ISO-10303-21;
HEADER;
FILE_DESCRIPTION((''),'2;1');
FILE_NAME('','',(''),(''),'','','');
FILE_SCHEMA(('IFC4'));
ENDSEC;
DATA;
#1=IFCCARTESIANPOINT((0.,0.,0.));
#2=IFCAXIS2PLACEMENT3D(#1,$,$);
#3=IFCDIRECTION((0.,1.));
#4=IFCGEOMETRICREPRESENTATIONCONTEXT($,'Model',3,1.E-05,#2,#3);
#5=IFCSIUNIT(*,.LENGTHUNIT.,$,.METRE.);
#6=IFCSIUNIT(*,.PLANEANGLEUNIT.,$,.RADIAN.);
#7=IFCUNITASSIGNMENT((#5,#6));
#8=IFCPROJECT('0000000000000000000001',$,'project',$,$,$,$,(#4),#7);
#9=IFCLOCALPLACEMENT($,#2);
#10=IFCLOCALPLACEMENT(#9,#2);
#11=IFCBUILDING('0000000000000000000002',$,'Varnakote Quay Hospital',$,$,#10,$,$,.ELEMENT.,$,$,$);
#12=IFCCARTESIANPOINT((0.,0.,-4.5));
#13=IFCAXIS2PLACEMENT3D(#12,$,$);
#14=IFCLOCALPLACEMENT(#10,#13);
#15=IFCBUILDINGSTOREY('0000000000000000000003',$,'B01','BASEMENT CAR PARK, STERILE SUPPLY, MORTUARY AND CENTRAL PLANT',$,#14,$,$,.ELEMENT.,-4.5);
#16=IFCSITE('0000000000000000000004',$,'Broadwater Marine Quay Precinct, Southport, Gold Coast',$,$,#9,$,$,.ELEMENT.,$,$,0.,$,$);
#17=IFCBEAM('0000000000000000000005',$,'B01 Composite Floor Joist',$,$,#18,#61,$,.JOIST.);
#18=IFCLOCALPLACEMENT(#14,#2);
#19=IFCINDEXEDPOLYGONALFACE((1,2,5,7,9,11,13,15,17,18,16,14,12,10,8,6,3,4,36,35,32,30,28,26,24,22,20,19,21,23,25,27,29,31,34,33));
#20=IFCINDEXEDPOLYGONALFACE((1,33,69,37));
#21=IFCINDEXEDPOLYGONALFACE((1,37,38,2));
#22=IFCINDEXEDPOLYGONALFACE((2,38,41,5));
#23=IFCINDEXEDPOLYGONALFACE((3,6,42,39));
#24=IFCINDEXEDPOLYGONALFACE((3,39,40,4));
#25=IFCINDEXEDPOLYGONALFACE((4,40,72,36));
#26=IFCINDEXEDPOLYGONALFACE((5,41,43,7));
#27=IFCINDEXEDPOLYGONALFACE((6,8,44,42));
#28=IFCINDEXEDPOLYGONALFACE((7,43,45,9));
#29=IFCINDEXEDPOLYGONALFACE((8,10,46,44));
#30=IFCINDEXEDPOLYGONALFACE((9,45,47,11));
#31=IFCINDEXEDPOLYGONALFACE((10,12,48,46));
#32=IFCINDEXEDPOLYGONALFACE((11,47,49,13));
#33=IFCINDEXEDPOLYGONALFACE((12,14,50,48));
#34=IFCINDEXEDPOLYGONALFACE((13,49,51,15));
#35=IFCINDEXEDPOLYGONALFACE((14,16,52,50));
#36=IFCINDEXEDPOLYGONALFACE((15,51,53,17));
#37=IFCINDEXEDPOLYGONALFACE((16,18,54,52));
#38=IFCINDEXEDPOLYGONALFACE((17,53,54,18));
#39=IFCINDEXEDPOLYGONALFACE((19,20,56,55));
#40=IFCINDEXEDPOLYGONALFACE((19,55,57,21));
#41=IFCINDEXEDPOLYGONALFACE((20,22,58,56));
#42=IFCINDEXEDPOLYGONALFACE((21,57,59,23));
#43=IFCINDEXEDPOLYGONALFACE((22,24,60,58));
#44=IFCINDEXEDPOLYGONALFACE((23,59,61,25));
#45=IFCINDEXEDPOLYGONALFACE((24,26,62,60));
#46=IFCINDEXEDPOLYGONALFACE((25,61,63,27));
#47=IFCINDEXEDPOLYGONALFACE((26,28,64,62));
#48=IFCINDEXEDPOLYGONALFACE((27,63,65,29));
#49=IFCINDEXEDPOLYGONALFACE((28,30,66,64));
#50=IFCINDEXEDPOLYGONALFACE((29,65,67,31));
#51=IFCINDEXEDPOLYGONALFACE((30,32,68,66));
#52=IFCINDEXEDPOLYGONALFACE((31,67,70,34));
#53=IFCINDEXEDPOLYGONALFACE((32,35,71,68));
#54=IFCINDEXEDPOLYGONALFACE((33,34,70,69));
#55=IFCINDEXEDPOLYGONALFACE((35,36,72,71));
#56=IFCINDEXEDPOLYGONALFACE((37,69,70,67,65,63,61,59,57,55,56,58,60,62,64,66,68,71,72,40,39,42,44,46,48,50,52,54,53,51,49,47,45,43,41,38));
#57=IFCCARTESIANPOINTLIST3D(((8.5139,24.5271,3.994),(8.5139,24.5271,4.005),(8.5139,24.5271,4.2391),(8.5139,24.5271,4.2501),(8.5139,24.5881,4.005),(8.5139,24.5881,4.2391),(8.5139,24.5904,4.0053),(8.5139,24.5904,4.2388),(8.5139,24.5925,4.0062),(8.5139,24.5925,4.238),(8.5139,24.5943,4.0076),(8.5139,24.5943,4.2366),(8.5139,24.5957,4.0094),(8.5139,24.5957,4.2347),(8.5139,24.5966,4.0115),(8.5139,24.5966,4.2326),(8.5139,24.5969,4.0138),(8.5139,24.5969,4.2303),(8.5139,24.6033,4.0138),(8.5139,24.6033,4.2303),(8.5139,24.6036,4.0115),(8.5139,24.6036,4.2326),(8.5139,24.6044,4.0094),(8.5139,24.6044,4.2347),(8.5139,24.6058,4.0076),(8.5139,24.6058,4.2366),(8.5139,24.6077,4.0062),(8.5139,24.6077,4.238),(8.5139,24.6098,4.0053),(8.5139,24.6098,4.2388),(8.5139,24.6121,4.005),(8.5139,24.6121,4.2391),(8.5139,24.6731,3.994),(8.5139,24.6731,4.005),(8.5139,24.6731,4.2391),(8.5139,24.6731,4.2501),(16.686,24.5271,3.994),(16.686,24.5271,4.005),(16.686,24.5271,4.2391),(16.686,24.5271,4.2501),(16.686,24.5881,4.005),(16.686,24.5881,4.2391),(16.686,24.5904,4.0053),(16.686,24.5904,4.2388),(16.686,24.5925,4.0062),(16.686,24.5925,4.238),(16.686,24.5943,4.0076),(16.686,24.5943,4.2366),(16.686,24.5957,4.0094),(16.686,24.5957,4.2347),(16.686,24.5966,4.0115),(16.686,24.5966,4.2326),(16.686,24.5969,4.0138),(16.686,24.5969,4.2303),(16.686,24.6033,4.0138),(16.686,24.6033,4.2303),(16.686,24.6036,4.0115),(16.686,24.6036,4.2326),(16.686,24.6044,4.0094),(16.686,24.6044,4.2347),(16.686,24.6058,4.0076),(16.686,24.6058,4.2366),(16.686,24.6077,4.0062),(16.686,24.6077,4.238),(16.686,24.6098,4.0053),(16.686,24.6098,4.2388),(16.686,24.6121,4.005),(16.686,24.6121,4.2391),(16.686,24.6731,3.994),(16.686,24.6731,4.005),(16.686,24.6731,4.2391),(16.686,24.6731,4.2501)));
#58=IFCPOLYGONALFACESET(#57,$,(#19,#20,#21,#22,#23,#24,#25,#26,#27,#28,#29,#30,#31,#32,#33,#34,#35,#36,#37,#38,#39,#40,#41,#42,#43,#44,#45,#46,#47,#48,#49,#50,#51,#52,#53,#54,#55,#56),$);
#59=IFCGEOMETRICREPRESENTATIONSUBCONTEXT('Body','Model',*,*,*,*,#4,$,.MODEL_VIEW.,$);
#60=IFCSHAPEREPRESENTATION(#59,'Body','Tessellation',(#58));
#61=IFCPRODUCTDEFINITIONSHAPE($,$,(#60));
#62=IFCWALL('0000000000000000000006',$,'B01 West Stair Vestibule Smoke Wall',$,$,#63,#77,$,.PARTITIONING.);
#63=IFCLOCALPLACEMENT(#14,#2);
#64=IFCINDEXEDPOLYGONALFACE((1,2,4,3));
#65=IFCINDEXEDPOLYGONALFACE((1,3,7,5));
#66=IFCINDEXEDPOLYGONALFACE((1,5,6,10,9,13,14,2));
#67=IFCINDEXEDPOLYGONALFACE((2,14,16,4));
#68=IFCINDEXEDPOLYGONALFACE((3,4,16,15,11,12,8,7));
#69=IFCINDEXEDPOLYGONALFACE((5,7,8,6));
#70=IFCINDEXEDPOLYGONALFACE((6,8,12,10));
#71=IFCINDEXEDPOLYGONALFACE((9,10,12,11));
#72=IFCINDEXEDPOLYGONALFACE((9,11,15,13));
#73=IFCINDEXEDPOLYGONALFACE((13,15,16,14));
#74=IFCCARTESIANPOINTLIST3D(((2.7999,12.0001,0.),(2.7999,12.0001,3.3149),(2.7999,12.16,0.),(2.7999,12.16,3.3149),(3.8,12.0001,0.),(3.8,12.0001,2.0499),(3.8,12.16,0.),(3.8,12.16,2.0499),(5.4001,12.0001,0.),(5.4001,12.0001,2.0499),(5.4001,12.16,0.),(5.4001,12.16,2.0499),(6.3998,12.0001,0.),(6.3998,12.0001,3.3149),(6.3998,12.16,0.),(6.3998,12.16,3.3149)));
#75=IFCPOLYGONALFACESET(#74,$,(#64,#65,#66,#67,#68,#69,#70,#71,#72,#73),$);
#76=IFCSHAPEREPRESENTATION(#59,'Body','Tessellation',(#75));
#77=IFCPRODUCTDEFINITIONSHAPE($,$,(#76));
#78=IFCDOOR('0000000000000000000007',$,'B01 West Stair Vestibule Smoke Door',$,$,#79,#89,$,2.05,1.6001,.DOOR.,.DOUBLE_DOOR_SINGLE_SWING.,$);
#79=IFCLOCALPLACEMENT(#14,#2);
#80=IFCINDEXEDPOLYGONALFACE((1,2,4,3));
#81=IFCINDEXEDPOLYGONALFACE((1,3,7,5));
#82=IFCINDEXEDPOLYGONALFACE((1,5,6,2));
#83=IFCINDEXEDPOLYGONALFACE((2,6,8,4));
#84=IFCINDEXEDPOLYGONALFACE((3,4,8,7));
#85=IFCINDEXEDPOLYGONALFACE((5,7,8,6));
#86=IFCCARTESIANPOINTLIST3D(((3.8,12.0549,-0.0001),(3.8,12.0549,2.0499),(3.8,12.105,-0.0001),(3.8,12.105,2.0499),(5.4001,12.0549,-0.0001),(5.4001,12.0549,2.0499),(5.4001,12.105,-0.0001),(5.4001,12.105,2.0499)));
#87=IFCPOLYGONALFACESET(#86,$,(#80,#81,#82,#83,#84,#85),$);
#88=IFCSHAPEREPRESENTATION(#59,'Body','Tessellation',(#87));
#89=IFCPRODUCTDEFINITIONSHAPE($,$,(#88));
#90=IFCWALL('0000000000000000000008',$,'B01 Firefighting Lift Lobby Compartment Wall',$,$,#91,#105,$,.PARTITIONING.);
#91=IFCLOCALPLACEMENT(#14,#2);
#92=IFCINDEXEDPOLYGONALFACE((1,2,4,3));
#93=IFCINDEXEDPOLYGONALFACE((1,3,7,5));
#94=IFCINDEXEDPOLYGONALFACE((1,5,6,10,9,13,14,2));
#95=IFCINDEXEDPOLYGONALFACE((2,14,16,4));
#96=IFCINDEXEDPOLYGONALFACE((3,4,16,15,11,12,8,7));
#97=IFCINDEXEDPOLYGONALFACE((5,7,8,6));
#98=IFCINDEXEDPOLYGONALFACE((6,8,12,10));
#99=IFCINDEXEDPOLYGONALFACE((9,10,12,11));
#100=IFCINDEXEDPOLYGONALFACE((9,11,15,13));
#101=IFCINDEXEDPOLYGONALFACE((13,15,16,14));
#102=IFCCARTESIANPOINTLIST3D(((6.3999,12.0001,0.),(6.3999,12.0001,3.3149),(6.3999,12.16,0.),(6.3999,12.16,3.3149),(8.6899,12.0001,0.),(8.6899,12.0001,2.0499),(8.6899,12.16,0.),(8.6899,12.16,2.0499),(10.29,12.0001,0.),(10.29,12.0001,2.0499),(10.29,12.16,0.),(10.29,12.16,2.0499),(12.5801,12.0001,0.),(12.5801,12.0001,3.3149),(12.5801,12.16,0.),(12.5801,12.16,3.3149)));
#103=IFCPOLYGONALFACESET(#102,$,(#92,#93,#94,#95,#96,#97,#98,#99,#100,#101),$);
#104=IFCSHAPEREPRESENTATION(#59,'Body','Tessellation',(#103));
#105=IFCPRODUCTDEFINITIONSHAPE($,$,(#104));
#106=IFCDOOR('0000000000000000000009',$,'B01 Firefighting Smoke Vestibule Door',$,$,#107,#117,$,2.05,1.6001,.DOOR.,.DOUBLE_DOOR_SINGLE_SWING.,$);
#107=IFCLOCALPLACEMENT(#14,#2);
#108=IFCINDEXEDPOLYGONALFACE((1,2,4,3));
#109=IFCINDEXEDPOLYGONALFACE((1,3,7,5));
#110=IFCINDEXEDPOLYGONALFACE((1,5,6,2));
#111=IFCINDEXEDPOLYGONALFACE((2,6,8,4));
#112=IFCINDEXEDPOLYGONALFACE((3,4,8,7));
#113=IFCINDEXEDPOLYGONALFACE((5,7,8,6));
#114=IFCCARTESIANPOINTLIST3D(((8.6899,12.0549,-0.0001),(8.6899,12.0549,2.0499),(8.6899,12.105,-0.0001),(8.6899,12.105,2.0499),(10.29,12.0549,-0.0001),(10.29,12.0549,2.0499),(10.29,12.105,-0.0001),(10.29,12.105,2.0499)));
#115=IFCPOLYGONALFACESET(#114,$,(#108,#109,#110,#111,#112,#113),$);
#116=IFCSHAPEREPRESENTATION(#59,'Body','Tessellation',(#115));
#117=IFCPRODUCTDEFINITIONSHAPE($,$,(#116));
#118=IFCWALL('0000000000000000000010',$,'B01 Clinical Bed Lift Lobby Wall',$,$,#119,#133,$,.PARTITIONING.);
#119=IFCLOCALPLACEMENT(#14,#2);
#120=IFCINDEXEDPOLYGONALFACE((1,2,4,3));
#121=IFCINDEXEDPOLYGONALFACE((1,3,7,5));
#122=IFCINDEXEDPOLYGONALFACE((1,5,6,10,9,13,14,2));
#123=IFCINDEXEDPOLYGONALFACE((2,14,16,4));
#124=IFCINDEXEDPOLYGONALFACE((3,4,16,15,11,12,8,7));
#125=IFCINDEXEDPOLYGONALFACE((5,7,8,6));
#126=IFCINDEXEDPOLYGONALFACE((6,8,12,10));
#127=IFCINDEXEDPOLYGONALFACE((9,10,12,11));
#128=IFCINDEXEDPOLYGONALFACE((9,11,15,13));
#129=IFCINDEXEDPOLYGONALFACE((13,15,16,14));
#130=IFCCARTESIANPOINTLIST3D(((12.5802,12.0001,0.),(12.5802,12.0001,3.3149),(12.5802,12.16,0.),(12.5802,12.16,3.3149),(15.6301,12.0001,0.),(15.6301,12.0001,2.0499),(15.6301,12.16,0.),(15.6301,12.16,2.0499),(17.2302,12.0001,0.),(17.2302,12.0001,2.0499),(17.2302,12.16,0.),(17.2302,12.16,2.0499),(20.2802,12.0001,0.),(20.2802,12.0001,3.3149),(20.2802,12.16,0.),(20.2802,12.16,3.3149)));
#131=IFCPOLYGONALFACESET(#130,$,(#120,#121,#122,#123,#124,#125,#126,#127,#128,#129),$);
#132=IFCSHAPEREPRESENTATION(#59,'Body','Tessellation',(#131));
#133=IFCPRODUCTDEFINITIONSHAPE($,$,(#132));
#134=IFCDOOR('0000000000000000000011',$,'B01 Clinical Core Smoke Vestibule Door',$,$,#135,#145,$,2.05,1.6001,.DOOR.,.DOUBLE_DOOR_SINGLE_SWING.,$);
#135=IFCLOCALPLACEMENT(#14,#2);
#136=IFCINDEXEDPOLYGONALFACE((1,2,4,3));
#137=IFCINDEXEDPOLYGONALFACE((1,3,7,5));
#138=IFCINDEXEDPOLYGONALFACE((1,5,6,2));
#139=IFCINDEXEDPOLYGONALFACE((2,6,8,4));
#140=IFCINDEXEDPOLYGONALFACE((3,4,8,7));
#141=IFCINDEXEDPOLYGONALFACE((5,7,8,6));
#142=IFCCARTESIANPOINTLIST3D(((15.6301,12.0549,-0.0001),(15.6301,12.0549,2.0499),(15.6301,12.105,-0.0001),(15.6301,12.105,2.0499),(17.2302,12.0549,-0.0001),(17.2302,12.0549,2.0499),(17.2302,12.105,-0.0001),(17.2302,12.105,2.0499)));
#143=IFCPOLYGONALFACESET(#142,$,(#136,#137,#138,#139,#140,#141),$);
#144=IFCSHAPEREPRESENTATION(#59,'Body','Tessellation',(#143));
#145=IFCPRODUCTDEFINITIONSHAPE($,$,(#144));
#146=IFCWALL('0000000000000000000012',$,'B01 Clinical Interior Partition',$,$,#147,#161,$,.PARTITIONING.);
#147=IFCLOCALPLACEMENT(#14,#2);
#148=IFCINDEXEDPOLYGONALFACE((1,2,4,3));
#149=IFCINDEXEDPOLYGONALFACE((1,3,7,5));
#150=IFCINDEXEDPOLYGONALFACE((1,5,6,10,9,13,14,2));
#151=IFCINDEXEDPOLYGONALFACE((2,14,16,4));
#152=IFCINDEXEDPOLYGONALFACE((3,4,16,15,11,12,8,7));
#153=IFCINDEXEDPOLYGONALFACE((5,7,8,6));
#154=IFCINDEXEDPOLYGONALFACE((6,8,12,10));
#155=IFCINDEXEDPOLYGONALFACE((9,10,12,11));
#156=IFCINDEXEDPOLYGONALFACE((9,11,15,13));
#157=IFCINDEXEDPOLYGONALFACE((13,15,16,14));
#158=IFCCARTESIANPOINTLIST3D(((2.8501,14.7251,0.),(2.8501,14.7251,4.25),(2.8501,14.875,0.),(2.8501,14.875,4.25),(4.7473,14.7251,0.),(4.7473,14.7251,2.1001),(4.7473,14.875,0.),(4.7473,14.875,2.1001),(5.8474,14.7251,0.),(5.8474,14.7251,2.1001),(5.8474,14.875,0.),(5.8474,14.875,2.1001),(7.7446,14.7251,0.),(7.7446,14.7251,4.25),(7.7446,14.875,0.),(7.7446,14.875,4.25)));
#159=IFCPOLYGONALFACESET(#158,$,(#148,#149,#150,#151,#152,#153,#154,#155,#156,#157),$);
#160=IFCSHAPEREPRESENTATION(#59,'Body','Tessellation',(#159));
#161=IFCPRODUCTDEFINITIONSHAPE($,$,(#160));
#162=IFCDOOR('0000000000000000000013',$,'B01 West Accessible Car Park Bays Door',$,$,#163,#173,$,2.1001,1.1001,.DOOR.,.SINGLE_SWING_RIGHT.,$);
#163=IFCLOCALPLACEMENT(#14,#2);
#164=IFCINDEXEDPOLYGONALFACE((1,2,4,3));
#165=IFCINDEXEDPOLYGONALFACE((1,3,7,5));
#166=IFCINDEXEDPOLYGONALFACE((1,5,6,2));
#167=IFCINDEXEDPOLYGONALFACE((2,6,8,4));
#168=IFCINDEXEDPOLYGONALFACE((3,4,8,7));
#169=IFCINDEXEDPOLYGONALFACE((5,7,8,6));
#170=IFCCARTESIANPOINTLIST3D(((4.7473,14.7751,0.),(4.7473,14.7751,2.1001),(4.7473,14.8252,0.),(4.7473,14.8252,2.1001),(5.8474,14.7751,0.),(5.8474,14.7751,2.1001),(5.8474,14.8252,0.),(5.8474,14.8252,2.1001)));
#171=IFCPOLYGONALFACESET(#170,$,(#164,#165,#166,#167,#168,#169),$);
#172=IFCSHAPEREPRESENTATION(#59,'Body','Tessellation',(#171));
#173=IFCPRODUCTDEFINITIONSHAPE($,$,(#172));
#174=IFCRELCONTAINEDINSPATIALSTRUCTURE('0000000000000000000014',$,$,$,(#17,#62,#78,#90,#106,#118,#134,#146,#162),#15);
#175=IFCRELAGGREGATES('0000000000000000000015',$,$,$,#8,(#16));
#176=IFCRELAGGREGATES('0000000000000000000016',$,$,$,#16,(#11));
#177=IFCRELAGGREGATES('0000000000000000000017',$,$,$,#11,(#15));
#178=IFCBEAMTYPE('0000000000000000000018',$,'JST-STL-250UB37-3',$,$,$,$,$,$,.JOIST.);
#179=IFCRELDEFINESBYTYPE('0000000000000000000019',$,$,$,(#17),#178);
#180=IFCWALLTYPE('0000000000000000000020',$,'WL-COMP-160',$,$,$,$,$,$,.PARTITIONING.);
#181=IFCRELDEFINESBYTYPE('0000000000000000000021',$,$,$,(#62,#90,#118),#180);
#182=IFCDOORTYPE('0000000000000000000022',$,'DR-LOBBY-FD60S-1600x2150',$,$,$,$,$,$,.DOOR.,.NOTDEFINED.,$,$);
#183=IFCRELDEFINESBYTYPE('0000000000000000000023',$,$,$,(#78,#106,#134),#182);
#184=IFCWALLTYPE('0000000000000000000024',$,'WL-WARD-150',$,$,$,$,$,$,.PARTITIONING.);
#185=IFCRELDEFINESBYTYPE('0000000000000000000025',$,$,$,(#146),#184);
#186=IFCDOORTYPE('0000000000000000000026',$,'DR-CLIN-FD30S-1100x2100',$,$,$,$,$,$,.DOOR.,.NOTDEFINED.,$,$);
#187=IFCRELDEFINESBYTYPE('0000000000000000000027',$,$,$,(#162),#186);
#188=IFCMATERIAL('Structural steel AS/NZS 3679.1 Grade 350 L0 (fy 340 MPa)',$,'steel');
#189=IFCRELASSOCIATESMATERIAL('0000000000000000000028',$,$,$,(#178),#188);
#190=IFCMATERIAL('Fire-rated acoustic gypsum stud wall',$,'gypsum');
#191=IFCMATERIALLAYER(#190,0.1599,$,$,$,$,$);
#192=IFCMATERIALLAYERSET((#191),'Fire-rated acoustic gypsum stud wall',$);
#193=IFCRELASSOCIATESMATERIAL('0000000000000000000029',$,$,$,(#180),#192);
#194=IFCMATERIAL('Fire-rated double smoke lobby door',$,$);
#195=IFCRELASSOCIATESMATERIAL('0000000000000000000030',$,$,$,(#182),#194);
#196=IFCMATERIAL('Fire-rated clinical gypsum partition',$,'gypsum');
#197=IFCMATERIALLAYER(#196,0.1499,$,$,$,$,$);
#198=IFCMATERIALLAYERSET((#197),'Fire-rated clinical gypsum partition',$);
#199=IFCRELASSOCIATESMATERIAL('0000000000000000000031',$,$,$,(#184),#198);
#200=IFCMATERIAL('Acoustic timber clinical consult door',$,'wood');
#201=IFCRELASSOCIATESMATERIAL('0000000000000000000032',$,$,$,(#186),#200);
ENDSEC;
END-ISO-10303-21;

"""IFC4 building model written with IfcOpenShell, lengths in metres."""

from ifc_helpers import new_model, si_unit, direction, frame, frame_2d, origin, origin_2d, place, context, subcontext, project, spatial, rectangle, i_section, extrude, material, layer, layer_set, material_profile, profile_set, type_object, element, fill, save


model = new_model("IFC4")

# Units and contexts
model_context = context("Model", 3, precision=1e-05, world=origin(), true_north=direction((0.0, 1.0)))
body_context = subcontext(model_context, "Body", "Model", "MODEL_VIEW")
ifc_project = project(units=[si_unit("LENGTHUNIT", "METRE"), si_unit("PLANEANGLEUNIT", "RADIAN")], contexts=[model_context])

# Site, building, storey
site_placement = place(None, origin())
site = spatial("IfcSite", under=ifc_project, at=site_placement, Name="Broadwater Marine Quay Precinct, Southport, Gold Coast", CompositionType="ELEMENT", RefElevation=0.0)
building_placement = place(site_placement, origin())
building = spatial("IfcBuilding", under=site, at=building_placement, Name="Varnakote Quay Hospital", CompositionType="ELEMENT")
storey_placement = place(building_placement, frame((0.0, 0.0, -4.5)))
storey = spatial("IfcBuildingStorey", under=building, at=storey_placement, Name="B01", Description="BASEMENT CAR PARK, STERILE SUPPLY, MORTUARY AND CENTRAL PLANT", CompositionType="ELEMENT", Elevation=-4.5)

# Beam
ifc_material_1 = material(Name="Structural steel AS/NZS 3679.1 Grade 350 L0 (fy 340 MPa)", Category="steel")
ifc_material_profile_1 = material_profile(ifc_material_1, i_section(OverallWidth=0.146, OverallDepth=0.2561, WebThickness=0.0063, FlangeThickness=0.011, FilletRadius=0.0088, at=origin_2d()), Name="250UB37.3")
ifc_profile_set_1 = profile_set([ifc_material_profile_1], Name="Structural steel AS/NZS 3679.1 Grade 350 L0 (fy 340 MPa)")
beam_type_1 = type_object("IfcBeamType", Name="JST-STL-250UB37-3", PredefinedType="JOIST", material=ifc_profile_set_1)
beam_1_placement = place(storey_placement, frame((8.5139, 24.6001, 4.1221), z_axis=(1.0, 0.0, 0.0), x_axis=(0.0, 1.0, 0.0)))
element("IfcBeam", 1, at=beam_1_placement, inside=storey, type_object=beam_type_1, Name="B01 Composite Floor Joist", PredefinedType="JOIST", context=body_context, shape_type="SweptSolid", body=[
    extrude(i_section(OverallWidth=0.146, OverallDepth=0.2561, WebThickness=0.0063, FlangeThickness=0.011, FilletRadius=0.0088, at=origin_2d()), origin(), (0.0, 0.0, 1.0), 8.1721),
])

# Walls, openings, doors
ifc_material_2 = material(Name="Fire-rated acoustic gypsum stud wall", Category="gypsum")
ifc_layer_1 = layer(ifc_material_2, 0.1599)
ifc_layer_set_1 = layer_set([ifc_layer_1], Name="Fire-rated acoustic gypsum stud wall")
wall_type_1 = type_object("IfcWallType", Name="WL-COMP-160", PredefinedType="PARTITIONING", material=ifc_layer_set_1)
wall_1_placement = place(storey_placement, frame((2.8, 12.0801, 0.0), z_axis=(0.0, 0.0, 1.0), x_axis=(1.0, 0.0, 0.0)))
wall_1 = element("IfcWall", 2, at=wall_1_placement, inside=storey, type_object=wall_type_1, Name="B01 West Stair Vestibule Smoke Wall", PredefinedType="PARTITIONING", context=body_context, shape_type="SweptSolid", body=[
    extrude(rectangle(XDim=3.5999, YDim=0.1599, at=frame_2d((1.7998, 0.0))), origin(), (0.0, 0.0, 1.0), 3.3149),
])
opening_1_placement = place(wall_1_placement, frame((1.0, 0.0, 0.0)))
opening_1 = element("IfcOpeningElement", 3, at=opening_1_placement, cuts=wall_1, PredefinedType="OPENING", context=body_context, shape_type="SweptSolid", body=[
    extrude(rectangle(XDim=1.6001, YDim=2.05, at=frame_2d((0.8, 1.0249))), frame((0.0, 0.0898, 0.0), z_axis=(0.0, -1.0, 0.0), x_axis=(1.0, 0.0, 0.0)), (0.0, 0.0, 1.0), 0.1799),
])
ifc_material_3 = material(Name="Fire-rated double smoke lobby door")
door_type_1 = type_object("IfcDoorType", Name="DR-LOBBY-FD60S-1600x2150", OperationType="NOTDEFINED", PredefinedType="DOOR", material=ifc_material_3)
door_1_placement = place(opening_1_placement, origin())
door_1 = element("IfcDoor", 4, at=door_1_placement, inside=storey, type_object=door_type_1, Name="B01 West Stair Vestibule Smoke Door", OperationType="DOUBLE_DOOR_SINGLE_SWING", OverallHeight=2.05, OverallWidth=1.6001, PredefinedType="DOOR", context=body_context, shape_type="SweptSolid", body=[
    extrude(rectangle(XDim=1.6001, YDim=2.05, at=frame_2d((0.8, 1.0249))), frame((0.0, 0.0249, 0.0), z_axis=(0.0, -1.0, 0.0), x_axis=(1.0, 0.0, 0.0)), (0.0, 0.0, 1.0), 0.05),
])
fill(opening_1, door_1)
wall_2_placement = place(storey_placement, frame((6.3999, 12.0801, 0.0), z_axis=(0.0, 0.0, 1.0), x_axis=(1.0, 0.0, 0.0)))
wall_2 = element("IfcWall", 5, at=wall_2_placement, inside=storey, type_object=wall_type_1, Name="B01 Firefighting Lift Lobby Compartment Wall", PredefinedType="PARTITIONING", context=body_context, shape_type="SweptSolid", body=[
    extrude(rectangle(XDim=6.1802, YDim=0.1599, at=frame_2d((3.0901, 0.0))), origin(), (0.0, 0.0, 1.0), 3.3149),
])
opening_2_placement = place(wall_2_placement, frame((2.29, 0.0, 0.0)))
opening_2 = element("IfcOpeningElement", 6, at=opening_2_placement, cuts=wall_2, PredefinedType="OPENING", context=body_context, shape_type="SweptSolid", body=[
    extrude(rectangle(XDim=1.6001, YDim=2.05, at=frame_2d((0.8, 1.0249))), frame((0.0, 0.0898, 0.0), z_axis=(0.0, -1.0, 0.0), x_axis=(1.0, 0.0, 0.0)), (0.0, 0.0, 1.0), 0.1799),
])
door_2_placement = place(opening_2_placement, origin())
door_2 = element("IfcDoor", 7, at=door_2_placement, inside=storey, type_object=door_type_1, Name="B01 Firefighting Smoke Vestibule Door", OperationType="DOUBLE_DOOR_SINGLE_SWING", OverallHeight=2.05, OverallWidth=1.6001, PredefinedType="DOOR", context=body_context, shape_type="SweptSolid", body=[
    extrude(rectangle(XDim=1.6001, YDim=2.05, at=frame_2d((0.8, 1.0249))), frame((0.0, 0.0249, 0.0), z_axis=(0.0, -1.0, 0.0), x_axis=(1.0, 0.0, 0.0)), (0.0, 0.0, 1.0), 0.05),
])
fill(opening_2, door_2)
wall_3_placement = place(storey_placement, frame((12.5801, 12.0801, 0.0), z_axis=(0.0, 0.0, 1.0), x_axis=(1.0, 0.0, 0.0)))
wall_3 = element("IfcWall", 8, at=wall_3_placement, inside=storey, type_object=wall_type_1, Name="B01 Clinical Bed Lift Lobby Wall", PredefinedType="PARTITIONING", context=body_context, shape_type="SweptSolid", body=[
    extrude(rectangle(XDim=7.7, YDim=0.1599, at=frame_2d((3.8501, 0.0))), origin(), (0.0, 0.0, 1.0), 3.3149),
])
opening_3_placement = place(wall_3_placement, frame((3.05, 0.0, 0.0)))
opening_3 = element("IfcOpeningElement", 9, at=opening_3_placement, cuts=wall_3, PredefinedType="OPENING", context=body_context, shape_type="SweptSolid", body=[
    extrude(rectangle(XDim=1.6001, YDim=2.05, at=frame_2d((0.8, 1.0249))), frame((0.0, 0.0898, 0.0), z_axis=(0.0, -1.0, 0.0), x_axis=(1.0, 0.0, 0.0)), (0.0, 0.0, 1.0), 0.1799),
])
door_3_placement = place(opening_3_placement, origin())
door_3 = element("IfcDoor", 10, at=door_3_placement, inside=storey, type_object=door_type_1, Name="B01 Clinical Core Smoke Vestibule Door", OperationType="DOUBLE_DOOR_SINGLE_SWING", OverallHeight=2.05, OverallWidth=1.6001, PredefinedType="DOOR", context=body_context, shape_type="SweptSolid", body=[
    extrude(rectangle(XDim=1.6001, YDim=2.05, at=frame_2d((0.8, 1.0249))), frame((0.0, 0.0249, 0.0), z_axis=(0.0, -1.0, 0.0), x_axis=(1.0, 0.0, 0.0)), (0.0, 0.0, 1.0), 0.05),
])
fill(opening_3, door_3)
ifc_material_4 = material(Name="Fire-rated clinical gypsum partition", Category="gypsum")
ifc_layer_2 = layer(ifc_material_4, 0.1499)
ifc_layer_set_2 = layer_set([ifc_layer_2], Name="Fire-rated clinical gypsum partition")
wall_type_2 = type_object("IfcWallType", Name="WL-WARD-150", PredefinedType="PARTITIONING", material=ifc_layer_set_2)
wall_4_placement = place(storey_placement, frame((7.7446, 14.8, 0.0), z_axis=(0.0, 0.0, 1.0), x_axis=(-1.0, 0.0, 0.0)))
wall_4 = element("IfcWall", 11, at=wall_4_placement, inside=storey, type_object=wall_type_2, Name="B01 Clinical Interior Partition", PredefinedType="PARTITIONING", context=body_context, shape_type="SweptSolid", body=[
    extrude(rectangle(XDim=4.8945, YDim=0.1499, at=frame_2d((2.4473, 0.0))), origin(), (0.0, 0.0, 1.0), 4.25),
])
opening_4_placement = place(wall_4_placement, frame((1.8972, 0.0, 0.0)))
opening_4 = element("IfcOpeningElement", 12, at=opening_4_placement, cuts=wall_4, PredefinedType="OPENING", context=body_context, shape_type="SweptSolid", body=[
    extrude(rectangle(XDim=1.1001, YDim=2.1001, at=frame_2d((0.55, 1.05))), frame((0.0, 0.085, 0.0), z_axis=(0.0, -1.0, 0.0), x_axis=(1.0, 0.0, 0.0)), (0.0, 0.0, 1.0), 0.1699),
])
ifc_material_5 = material(Name="Acoustic timber clinical consult door", Category="wood")
door_type_2 = type_object("IfcDoorType", Name="DR-CLIN-FD30S-1100x2100", OperationType="NOTDEFINED", PredefinedType="DOOR", material=ifc_material_5)
door_4_placement = place(opening_4_placement, origin())
door_4 = element("IfcDoor", 13, at=door_4_placement, inside=storey, type_object=door_type_2, Name="B01 West Accessible Car Park Bays Door", OperationType="SINGLE_SWING_RIGHT", OverallHeight=2.1001, OverallWidth=1.1001, PredefinedType="DOOR", context=body_context, shape_type="SweptSolid", body=[
    extrude(rectangle(XDim=1.1001, YDim=2.1001, at=frame_2d((0.55, 1.05))), frame((0.0, 0.0249, 0.0), z_axis=(0.0, -1.0, 0.0), x_axis=(1.0, 0.0, 0.0)), (0.0, 0.0, 1.0), 0.05),
])
fill(opening_4, door_4)

save(model, "model.ifc")
